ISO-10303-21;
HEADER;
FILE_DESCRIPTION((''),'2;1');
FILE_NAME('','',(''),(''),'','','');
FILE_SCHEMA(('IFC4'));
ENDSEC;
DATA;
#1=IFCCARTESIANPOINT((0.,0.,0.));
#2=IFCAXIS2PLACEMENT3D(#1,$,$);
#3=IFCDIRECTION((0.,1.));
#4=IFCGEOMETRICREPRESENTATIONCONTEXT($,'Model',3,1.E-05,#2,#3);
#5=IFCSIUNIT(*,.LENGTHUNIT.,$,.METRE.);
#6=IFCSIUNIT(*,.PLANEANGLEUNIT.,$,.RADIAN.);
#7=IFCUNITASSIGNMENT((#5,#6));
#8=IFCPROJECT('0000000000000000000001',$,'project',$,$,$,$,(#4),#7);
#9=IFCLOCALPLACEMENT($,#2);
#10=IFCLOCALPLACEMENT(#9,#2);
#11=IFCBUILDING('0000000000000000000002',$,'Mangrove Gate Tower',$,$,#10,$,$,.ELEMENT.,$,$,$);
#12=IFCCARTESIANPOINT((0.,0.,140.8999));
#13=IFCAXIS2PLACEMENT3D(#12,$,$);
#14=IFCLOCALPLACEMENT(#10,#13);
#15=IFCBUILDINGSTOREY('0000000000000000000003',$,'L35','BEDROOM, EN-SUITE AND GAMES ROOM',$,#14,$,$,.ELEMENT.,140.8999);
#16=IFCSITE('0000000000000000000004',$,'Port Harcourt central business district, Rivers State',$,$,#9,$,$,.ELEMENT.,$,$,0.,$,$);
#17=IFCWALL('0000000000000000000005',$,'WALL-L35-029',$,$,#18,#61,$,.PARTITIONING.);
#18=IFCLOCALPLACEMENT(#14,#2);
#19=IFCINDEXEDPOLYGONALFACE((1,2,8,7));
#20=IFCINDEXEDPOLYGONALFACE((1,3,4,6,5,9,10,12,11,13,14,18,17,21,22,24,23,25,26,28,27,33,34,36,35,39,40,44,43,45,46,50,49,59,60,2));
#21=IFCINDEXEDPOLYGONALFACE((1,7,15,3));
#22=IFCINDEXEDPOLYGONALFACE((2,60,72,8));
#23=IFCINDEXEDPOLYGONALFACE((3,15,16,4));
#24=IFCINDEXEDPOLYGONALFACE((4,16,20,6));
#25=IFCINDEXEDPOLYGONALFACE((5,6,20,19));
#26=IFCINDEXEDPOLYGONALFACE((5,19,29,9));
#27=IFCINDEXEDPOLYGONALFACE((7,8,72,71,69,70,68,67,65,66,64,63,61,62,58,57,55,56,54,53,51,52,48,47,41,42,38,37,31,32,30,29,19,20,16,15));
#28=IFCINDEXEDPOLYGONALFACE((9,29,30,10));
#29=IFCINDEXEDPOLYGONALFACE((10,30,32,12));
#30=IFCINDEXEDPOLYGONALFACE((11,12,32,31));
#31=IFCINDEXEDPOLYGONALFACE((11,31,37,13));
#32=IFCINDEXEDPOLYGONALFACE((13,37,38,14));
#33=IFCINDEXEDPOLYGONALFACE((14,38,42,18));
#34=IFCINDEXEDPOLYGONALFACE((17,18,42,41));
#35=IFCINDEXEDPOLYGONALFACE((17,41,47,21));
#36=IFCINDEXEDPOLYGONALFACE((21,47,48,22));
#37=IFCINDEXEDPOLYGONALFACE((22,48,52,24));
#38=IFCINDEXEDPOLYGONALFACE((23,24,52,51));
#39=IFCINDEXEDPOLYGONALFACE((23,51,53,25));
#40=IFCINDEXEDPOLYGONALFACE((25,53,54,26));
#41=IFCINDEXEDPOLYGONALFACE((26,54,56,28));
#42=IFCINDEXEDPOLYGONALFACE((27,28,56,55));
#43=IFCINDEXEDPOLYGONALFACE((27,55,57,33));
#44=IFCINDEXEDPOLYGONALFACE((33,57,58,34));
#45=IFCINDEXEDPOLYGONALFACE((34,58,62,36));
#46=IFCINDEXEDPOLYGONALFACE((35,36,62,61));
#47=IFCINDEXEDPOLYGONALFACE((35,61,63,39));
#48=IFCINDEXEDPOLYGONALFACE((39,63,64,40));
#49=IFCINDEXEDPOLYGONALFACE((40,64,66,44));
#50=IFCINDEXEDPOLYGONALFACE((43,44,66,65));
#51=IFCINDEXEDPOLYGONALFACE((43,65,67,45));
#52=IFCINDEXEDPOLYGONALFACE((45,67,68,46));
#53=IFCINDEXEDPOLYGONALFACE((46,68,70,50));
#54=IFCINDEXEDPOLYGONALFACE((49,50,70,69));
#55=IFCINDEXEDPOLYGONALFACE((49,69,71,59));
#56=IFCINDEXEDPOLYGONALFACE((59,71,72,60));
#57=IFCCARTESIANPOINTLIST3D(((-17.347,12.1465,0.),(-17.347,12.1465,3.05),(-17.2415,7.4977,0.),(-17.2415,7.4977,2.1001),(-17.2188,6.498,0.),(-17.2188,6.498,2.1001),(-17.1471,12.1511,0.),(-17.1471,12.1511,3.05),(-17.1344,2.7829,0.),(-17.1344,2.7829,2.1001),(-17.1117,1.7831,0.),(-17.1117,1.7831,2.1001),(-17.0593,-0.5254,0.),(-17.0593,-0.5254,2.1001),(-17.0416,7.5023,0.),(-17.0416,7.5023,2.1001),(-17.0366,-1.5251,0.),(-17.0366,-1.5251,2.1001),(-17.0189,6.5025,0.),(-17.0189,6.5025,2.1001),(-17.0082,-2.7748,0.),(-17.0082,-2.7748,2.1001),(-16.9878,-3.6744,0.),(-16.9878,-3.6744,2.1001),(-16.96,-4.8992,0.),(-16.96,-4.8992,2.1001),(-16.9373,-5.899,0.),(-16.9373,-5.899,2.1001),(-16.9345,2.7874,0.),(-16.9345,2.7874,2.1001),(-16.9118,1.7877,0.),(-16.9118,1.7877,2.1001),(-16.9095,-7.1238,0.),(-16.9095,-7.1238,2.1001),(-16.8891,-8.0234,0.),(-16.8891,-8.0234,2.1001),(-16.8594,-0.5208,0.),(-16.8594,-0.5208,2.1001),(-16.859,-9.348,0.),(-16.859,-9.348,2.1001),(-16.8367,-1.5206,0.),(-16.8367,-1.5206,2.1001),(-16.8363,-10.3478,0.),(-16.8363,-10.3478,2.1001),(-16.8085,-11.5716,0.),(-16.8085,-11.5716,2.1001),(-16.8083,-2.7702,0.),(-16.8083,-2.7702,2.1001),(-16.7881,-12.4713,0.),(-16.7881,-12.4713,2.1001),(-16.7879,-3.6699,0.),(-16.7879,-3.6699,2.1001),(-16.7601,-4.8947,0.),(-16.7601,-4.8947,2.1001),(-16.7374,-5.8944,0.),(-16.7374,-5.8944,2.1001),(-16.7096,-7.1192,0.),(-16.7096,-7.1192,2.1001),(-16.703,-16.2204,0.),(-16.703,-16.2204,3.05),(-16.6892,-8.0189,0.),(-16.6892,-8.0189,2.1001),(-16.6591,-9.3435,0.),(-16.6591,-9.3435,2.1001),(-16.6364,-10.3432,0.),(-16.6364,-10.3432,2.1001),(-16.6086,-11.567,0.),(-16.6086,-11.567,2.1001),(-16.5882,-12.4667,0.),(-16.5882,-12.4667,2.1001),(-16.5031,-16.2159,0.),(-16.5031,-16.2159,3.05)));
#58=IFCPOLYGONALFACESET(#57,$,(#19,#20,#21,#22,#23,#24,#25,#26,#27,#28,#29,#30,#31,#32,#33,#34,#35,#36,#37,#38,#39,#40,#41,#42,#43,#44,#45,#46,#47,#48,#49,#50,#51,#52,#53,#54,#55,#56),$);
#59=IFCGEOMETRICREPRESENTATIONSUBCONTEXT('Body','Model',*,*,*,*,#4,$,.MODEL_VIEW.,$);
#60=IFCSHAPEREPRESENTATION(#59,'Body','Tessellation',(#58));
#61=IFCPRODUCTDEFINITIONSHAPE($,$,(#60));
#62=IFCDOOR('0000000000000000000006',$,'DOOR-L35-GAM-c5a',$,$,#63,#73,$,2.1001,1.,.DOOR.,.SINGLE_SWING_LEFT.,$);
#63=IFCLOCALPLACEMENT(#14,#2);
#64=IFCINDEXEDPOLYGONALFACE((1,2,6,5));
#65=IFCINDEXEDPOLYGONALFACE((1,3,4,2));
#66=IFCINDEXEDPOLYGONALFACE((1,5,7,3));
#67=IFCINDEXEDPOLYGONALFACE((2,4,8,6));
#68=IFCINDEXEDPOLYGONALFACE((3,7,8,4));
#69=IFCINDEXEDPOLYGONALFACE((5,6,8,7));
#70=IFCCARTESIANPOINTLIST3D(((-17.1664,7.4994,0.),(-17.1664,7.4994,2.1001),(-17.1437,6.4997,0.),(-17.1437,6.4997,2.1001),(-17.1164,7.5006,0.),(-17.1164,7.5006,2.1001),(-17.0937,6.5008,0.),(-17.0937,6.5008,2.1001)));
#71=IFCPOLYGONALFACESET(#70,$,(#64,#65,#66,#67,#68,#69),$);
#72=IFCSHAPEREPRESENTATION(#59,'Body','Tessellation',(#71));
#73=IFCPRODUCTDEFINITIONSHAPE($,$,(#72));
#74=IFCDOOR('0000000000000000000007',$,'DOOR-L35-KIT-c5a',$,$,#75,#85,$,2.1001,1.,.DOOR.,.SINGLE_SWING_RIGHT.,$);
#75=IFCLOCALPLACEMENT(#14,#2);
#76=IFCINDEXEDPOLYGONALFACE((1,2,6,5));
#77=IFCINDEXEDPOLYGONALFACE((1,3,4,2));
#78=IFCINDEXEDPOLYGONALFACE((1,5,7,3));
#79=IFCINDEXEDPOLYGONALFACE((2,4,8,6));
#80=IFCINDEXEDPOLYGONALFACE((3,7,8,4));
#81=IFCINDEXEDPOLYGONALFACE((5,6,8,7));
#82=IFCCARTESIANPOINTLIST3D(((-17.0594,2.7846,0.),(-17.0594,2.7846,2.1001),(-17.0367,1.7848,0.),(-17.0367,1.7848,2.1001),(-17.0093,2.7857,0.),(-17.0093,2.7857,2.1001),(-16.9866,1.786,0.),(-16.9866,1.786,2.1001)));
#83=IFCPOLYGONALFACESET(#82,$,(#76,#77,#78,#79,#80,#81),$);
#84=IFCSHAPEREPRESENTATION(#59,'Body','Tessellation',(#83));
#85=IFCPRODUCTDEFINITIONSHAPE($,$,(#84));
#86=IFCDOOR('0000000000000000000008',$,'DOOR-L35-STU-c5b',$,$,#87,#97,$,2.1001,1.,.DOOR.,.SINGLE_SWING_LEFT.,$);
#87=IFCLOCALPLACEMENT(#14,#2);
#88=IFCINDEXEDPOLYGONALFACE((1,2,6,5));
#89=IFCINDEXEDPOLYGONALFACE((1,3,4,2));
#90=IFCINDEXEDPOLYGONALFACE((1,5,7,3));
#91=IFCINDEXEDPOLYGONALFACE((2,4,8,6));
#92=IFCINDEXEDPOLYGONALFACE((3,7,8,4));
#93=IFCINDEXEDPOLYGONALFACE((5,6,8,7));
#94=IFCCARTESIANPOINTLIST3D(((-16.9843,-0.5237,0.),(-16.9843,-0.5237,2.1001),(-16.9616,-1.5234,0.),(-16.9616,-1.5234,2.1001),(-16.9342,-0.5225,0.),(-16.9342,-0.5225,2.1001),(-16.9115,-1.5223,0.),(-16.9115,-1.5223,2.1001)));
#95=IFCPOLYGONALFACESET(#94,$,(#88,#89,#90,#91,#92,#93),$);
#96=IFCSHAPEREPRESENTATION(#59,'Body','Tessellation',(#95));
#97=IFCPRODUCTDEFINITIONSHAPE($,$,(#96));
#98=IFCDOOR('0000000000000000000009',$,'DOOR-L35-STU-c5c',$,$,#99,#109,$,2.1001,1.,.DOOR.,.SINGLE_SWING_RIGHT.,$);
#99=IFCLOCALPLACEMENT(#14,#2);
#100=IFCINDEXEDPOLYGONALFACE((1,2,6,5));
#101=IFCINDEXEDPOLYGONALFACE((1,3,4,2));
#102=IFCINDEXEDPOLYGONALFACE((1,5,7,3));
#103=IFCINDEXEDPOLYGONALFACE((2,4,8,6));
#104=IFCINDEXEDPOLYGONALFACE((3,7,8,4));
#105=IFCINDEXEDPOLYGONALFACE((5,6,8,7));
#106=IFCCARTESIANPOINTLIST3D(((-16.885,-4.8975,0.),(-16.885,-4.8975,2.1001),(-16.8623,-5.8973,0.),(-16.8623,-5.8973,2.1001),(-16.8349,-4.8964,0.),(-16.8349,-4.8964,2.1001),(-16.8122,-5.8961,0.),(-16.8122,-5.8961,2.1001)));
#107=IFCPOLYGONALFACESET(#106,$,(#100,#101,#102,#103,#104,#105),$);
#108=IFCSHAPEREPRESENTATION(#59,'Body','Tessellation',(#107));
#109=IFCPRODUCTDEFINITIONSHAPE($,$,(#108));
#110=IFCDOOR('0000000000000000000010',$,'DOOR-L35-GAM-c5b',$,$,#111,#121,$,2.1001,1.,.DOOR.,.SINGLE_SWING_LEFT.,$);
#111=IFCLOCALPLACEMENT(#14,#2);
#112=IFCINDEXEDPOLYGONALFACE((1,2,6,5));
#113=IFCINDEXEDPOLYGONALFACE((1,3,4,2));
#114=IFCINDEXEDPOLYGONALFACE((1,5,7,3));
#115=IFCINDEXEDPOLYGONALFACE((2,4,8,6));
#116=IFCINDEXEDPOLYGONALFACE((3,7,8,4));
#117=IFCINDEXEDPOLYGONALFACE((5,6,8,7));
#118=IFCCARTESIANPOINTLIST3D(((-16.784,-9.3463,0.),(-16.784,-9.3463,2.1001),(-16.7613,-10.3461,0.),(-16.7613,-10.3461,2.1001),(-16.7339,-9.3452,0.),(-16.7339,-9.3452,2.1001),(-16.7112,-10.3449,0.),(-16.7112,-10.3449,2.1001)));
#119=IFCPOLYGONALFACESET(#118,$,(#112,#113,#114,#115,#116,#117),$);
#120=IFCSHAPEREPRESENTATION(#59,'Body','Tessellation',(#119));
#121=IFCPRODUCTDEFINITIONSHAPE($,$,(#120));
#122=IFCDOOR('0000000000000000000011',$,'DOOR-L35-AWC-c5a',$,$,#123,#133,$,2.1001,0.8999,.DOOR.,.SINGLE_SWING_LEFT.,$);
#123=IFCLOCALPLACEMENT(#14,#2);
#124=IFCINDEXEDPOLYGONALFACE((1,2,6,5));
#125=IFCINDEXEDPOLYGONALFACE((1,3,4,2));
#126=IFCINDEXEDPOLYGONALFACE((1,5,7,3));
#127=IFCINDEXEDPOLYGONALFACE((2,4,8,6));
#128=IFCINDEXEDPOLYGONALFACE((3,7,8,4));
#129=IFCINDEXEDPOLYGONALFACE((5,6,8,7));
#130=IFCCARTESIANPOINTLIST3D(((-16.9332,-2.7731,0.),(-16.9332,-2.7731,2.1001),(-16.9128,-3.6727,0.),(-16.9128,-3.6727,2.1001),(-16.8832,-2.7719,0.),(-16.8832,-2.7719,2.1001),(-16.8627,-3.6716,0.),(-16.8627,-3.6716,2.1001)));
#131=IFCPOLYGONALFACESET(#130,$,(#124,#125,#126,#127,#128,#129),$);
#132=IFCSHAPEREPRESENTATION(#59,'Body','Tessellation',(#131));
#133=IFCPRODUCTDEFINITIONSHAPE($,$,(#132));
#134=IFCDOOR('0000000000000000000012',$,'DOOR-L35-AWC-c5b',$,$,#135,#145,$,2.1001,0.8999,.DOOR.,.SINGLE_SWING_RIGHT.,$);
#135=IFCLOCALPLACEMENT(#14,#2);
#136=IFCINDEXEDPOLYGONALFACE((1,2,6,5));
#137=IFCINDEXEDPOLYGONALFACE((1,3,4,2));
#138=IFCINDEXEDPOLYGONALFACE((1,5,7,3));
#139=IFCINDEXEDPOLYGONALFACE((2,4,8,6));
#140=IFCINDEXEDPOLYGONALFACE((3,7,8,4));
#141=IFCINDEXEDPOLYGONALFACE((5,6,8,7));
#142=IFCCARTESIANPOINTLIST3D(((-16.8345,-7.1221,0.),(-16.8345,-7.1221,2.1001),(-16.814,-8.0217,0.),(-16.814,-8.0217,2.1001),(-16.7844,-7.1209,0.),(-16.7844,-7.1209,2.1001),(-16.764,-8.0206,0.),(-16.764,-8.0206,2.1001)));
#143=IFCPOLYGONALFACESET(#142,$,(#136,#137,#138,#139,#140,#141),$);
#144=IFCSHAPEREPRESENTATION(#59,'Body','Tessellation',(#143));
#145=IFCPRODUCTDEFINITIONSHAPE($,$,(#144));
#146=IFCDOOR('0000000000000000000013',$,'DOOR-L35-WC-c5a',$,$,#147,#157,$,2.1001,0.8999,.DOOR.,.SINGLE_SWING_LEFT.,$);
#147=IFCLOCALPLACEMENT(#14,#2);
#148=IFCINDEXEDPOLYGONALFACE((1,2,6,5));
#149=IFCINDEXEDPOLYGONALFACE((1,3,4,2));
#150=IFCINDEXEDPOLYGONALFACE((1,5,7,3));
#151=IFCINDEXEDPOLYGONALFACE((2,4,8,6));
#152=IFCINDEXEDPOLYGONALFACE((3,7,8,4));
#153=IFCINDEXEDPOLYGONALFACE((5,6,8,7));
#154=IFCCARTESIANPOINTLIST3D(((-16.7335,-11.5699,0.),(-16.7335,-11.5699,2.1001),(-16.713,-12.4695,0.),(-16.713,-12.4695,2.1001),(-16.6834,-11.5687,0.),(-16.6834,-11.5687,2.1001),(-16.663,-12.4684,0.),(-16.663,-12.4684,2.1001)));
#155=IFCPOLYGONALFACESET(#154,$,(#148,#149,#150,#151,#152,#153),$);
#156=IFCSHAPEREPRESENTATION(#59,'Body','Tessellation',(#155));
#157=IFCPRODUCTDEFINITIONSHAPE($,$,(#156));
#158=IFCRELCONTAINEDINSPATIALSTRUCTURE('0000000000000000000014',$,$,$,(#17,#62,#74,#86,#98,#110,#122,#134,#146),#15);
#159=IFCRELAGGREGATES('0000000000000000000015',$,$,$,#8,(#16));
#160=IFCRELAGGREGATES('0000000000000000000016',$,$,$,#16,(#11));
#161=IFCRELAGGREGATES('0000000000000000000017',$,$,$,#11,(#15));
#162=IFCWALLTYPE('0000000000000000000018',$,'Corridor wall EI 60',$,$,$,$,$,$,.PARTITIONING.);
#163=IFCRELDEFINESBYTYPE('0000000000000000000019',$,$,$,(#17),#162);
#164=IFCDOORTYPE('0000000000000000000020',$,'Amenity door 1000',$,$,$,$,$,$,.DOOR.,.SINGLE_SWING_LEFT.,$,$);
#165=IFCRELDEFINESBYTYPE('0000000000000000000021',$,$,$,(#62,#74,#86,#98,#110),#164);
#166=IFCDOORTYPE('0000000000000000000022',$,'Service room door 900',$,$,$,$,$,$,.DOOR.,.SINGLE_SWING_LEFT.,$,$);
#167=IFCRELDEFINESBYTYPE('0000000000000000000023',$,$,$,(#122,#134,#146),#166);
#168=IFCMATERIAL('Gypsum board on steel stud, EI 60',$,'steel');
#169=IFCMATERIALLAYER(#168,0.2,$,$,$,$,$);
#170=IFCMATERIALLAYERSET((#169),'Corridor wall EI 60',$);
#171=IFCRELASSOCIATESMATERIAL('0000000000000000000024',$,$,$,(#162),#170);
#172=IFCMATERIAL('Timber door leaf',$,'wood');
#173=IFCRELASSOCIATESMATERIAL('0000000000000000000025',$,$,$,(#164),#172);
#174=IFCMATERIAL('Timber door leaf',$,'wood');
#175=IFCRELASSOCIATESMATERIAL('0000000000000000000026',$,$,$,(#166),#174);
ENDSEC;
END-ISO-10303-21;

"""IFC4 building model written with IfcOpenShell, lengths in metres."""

from ifc_helpers import new_model, si_unit, direction, frame, frame_2d, origin, place, context, subcontext, project, spatial, rectangle, extrude, material, layer, layer_set, type_object, element, fill, save


model = new_model("IFC4")

# Units and contexts
model_context = context("Model", 3, precision=1e-05, world=origin(), true_north=direction((0.0, 1.0)))
body_context = subcontext(model_context, "Body", "Model", "MODEL_VIEW")
ifc_project = project(units=[si_unit("LENGTHUNIT", "METRE"), si_unit("PLANEANGLEUNIT", "RADIAN")], contexts=[model_context])

# Site, building, storey
site_placement = place(None, origin())
site = spatial("IfcSite", under=ifc_project, at=site_placement, Name="Port Harcourt central business district, Rivers State", CompositionType="ELEMENT", RefElevation=0.0)
building_placement = place(site_placement, origin())
building = spatial("IfcBuilding", under=site, at=building_placement, Name="Mangrove Gate Tower", CompositionType="ELEMENT")
storey_placement = place(building_placement, frame((0.0, 0.0, 140.8999)))
storey = spatial("IfcBuildingStorey", under=building, at=storey_placement, Name="L35", Description="BEDROOM, EN-SUITE AND GAMES ROOM", CompositionType="ELEMENT", Elevation=140.8999)

# Wall, openings, doors
ifc_material_1 = material(Name="Gypsum board on steel stud, EI 60", Category="steel")
ifc_layer_1 = layer(ifc_material_1, 0.2)
ifc_layer_set_1 = layer_set([ifc_layer_1], Name="Corridor wall EI 60")
wall_type_1 = type_object("IfcWallType", Name="Corridor wall EI 60", PredefinedType="PARTITIONING", material=ifc_layer_set_1)
wall_1_placement = place(storey_placement, frame((-16.603, -16.218, 0.0), z_axis=(0.0, 0.0, 1.0), x_axis=(-0.022698, 0.999742, 0.0)))
wall_1 = element("IfcWall", 1, at=wall_1_placement, inside=storey, type_object=wall_type_1, Name="WALL-L35-029", PredefinedType="PARTITIONING", context=body_context, shape_type="SweptSolid", body=[
    extrude(rectangle(XDim=28.3743, YDim=0.2, at=frame_2d((14.187, 0.0))), origin(), (0.0, 0.0, 1.0), 3.05),
])
opening_1_placement = place(wall_1_placement, frame((22.7241, 0.0, 0.0)))
opening_1 = element("IfcOpeningElement", 2, at=opening_1_placement, cuts=wall_1, PredefinedType="OPENING", context=body_context, shape_type="SweptSolid", body=[
    extrude(rectangle(XDim=1.0, YDim=2.1001, at=frame_2d((0.5, 1.05))), frame((0.0, 0.1099, 0.0), z_axis=(0.0, -1.0, 0.0), x_axis=(1.0, 0.0, 0.0)), (0.0, 0.0, 1.0), 0.22),
])
opening_2_placement = place(wall_1_placement, frame((18.0081, 0.0, 0.0)))
opening_2 = element("IfcOpeningElement", 3, at=opening_2_placement, cuts=wall_1, PredefinedType="OPENING", context=body_context, shape_type="SweptSolid", body=[
    extrude(rectangle(XDim=1.0, YDim=2.1001, at=frame_2d((0.5, 1.05))), frame((0.0, 0.1099, 0.0), z_axis=(0.0, -1.0, 0.0), x_axis=(1.0, 0.0, 0.0)), (0.0, 0.0, 1.0), 0.22),
])
opening_3_placement = place(wall_1_placement, frame((14.699, 0.0, 0.0)))
opening_3 = element("IfcOpeningElement", 4, at=opening_3_placement, cuts=wall_1, PredefinedType="OPENING", context=body_context, shape_type="SweptSolid", body=[
    extrude(rectangle(XDim=1.0, YDim=2.1001, at=frame_2d((0.5, 1.05))), frame((0.0, 0.1099, 0.0), z_axis=(0.0, -1.0, 0.0), x_axis=(1.0, 0.0, 0.0)), (0.0, 0.0, 1.0), 0.22),
])
opening_4_placement = place(wall_1_placement, frame((12.5491, 0.0, 0.0)))
opening_4 = element("IfcOpeningElement", 5, at=opening_4_placement, cuts=wall_1, PredefinedType="OPENING", context=body_context, shape_type="SweptSolid", body=[
    extrude(rectangle(XDim=0.8999, YDim=2.1001, at=frame_2d((0.45, 1.05))), frame((0.0, 0.1099, 0.0), z_axis=(0.0, -1.0, 0.0), x_axis=(1.0, 0.0, 0.0)), (0.0, 0.0, 1.0), 0.22),
])
opening_5_placement = place(wall_1_placement, frame((10.324, 0.0, 0.0)))
opening_5 = element("IfcOpeningElement", 6, at=opening_5_placement, cuts=wall_1, PredefinedType="OPENING", context=body_context, shape_type="SweptSolid", body=[
    extrude(rectangle(XDim=1.0, YDim=2.1001, at=frame_2d((0.5, 1.05))), frame((0.0, 0.1099, 0.0), z_axis=(0.0, -1.0, 0.0), x_axis=(1.0, 0.0, 0.0)), (0.0, 0.0, 1.0), 0.22),
])
opening_6_placement = place(wall_1_placement, frame((8.199, 0.0, 0.0)))
opening_6 = element("IfcOpeningElement", 7, at=opening_6_placement, cuts=wall_1, PredefinedType="OPENING", context=body_context, shape_type="SweptSolid", body=[
    extrude(rectangle(XDim=0.8999, YDim=2.1001, at=frame_2d((0.45, 1.05))), frame((0.0, 0.1099, 0.0), z_axis=(0.0, -1.0, 0.0), x_axis=(1.0, 0.0, 0.0)), (0.0, 0.0, 1.0), 0.22),
])
opening_7_placement = place(wall_1_placement, frame((5.874, 0.0, 0.0)))
opening_7 = element("IfcOpeningElement", 8, at=opening_7_placement, cuts=wall_1, PredefinedType="OPENING", context=body_context, shape_type="SweptSolid", body=[
    extrude(rectangle(XDim=1.0, YDim=2.1001, at=frame_2d((0.5, 1.05))), frame((0.0, 0.1099, 0.0), z_axis=(0.0, -1.0, 0.0), x_axis=(1.0, 0.0, 0.0)), (0.0, 0.0, 1.0), 0.22),
])
opening_8_placement = place(wall_1_placement, frame((3.75, 0.0, 0.0)))
opening_8 = element("IfcOpeningElement", 9, at=opening_8_placement, cuts=wall_1, PredefinedType="OPENING", context=body_context, shape_type="SweptSolid", body=[
    extrude(rectangle(XDim=0.8999, YDim=2.1001, at=frame_2d((0.45, 1.05))), frame((0.0, 0.1099, 0.0), z_axis=(0.0, -1.0, 0.0), x_axis=(1.0, 0.0, 0.0)), (0.0, 0.0, 1.0), 0.22),
])
ifc_material_2 = material(Name="Timber door leaf", Category="wood")
door_type_1 = type_object("IfcDoorType", Name="Amenity door 1000", OperationType="SINGLE_SWING_LEFT", PredefinedType="DOOR", material=ifc_material_2)
door_1_placement = place(opening_1_placement, origin())
door_1 = element("IfcDoor", 10, at=door_1_placement, inside=storey, type_object=door_type_1, Name="DOOR-L35-GAM-c5a", OperationType="SINGLE_SWING_LEFT", OverallHeight=2.1001, OverallWidth=1.0, PredefinedType="DOOR", context=body_context, shape_type="SweptSolid", body=[
    extrude(rectangle(XDim=1.0, YDim=2.1001, at=frame_2d((0.5, 1.05))), frame((0.0, 0.0249, 0.0), z_axis=(0.0, -1.0, 0.0), x_axis=(1.0, 0.0, 0.0)), (0.0, 0.0, 1.0), 0.05),
])
fill(opening_1, door_1)
door_2_placement = place(opening_2_placement, origin())
door_2 = element("IfcDoor", 11, at=door_2_placement, inside=storey, type_object=door_type_1, Name="DOOR-L35-KIT-c5a", OperationType="SINGLE_SWING_RIGHT", OverallHeight=2.1001, OverallWidth=1.0, PredefinedType="DOOR", context=body_context, shape_type="SweptSolid", body=[
    extrude(rectangle(XDim=1.0, YDim=2.1001, at=frame_2d((0.5, 1.05))), frame((0.0, 0.0249, 0.0), z_axis=(0.0, -1.0, 0.0), x_axis=(1.0, 0.0, 0.0)), (0.0, 0.0, 1.0), 0.05),
])
fill(opening_2, door_2)
door_3_placement = place(opening_3_placement, origin())
door_3 = element("IfcDoor", 12, at=door_3_placement, inside=storey, type_object=door_type_1, Name="DOOR-L35-STU-c5b", OperationType="SINGLE_SWING_LEFT", OverallHeight=2.1001, OverallWidth=1.0, PredefinedType="DOOR", context=body_context, shape_type="SweptSolid", body=[
    extrude(rectangle(XDim=1.0, YDim=2.1001, at=frame_2d((0.5, 1.05))), frame((0.0, 0.0249, 0.0), z_axis=(0.0, -1.0, 0.0), x_axis=(1.0, 0.0, 0.0)), (0.0, 0.0, 1.0), 0.05),
])
fill(opening_3, door_3)
door_4_placement = place(opening_5_placement, origin())
door_4 = element("IfcDoor", 13, at=door_4_placement, inside=storey, type_object=door_type_1, Name="DOOR-L35-STU-c5c", OperationType="SINGLE_SWING_RIGHT", OverallHeight=2.1001, OverallWidth=1.0, PredefinedType="DOOR", context=body_context, shape_type="SweptSolid", body=[
    extrude(rectangle(XDim=1.0, YDim=2.1001, at=frame_2d((0.5, 1.05))), frame((0.0, 0.0249, 0.0), z_axis=(0.0, -1.0, 0.0), x_axis=(1.0, 0.0, 0.0)), (0.0, 0.0, 1.0), 0.05),
])
fill(opening_5, door_4)
door_5_placement = place(opening_7_placement, origin())
door_5 = element("IfcDoor", 14, at=door_5_placement, inside=storey, type_object=door_type_1, Name="DOOR-L35-GAM-c5b", OperationType="SINGLE_SWING_LEFT", OverallHeight=2.1001, OverallWidth=1.0, PredefinedType="DOOR", context=body_context, shape_type="SweptSolid", body=[
    extrude(rectangle(XDim=1.0, YDim=2.1001, at=frame_2d((0.5, 1.05))), frame((0.0, 0.0249, 0.0), z_axis=(0.0, -1.0, 0.0), x_axis=(1.0, 0.0, 0.0)), (0.0, 0.0, 1.0), 0.05),
])
fill(opening_7, door_5)
ifc_material_3 = material(Name="Timber door leaf", Category="wood")
door_type_2 = type_object("IfcDoorType", Name="Service room door 900", OperationType="SINGLE_SWING_LEFT", PredefinedType="DOOR", material=ifc_material_3)
door_6_placement = place(opening_4_placement, origin())
door_6 = element("IfcDoor", 15, at=door_6_placement, inside=storey, type_object=door_type_2, Name="DOOR-L35-AWC-c5a", OperationType="SINGLE_SWING_LEFT", OverallHeight=2.1001, OverallWidth=0.8999, PredefinedType="DOOR", context=body_context, shape_type="SweptSolid", body=[
    extrude(rectangle(XDim=0.8999, YDim=2.1001, at=frame_2d((0.45, 1.05))), frame((0.0, 0.0249, 0.0), z_axis=(0.0, -1.0, 0.0), x_axis=(1.0, 0.0, 0.0)), (0.0, 0.0, 1.0), 0.05),
])
fill(opening_4, door_6)
door_7_placement = place(opening_6_placement, origin())
door_7 = element("IfcDoor", 16, at=door_7_placement, inside=storey, type_object=door_type_2, Name="DOOR-L35-AWC-c5b", OperationType="SINGLE_SWING_RIGHT", OverallHeight=2.1001, OverallWidth=0.8999, PredefinedType="DOOR", context=body_context, shape_type="SweptSolid", body=[
    extrude(rectangle(XDim=0.8999, YDim=2.1001, at=frame_2d((0.45, 1.05))), frame((0.0, 0.0249, 0.0), z_axis=(0.0, -1.0, 0.0), x_axis=(1.0, 0.0, 0.0)), (0.0, 0.0, 1.0), 0.05),
])
fill(opening_6, door_7)
door_8_placement = place(opening_8_placement, origin())
door_8 = element("IfcDoor", 17, at=door_8_placement, inside=storey, type_object=door_type_2, Name="DOOR-L35-WC-c5a", OperationType="SINGLE_SWING_LEFT", OverallHeight=2.1001, OverallWidth=0.8999, PredefinedType="DOOR", context=body_context, shape_type="SweptSolid", body=[
    extrude(rectangle(XDim=0.8999, YDim=2.1001, at=frame_2d((0.45, 1.05))), frame((0.0, 0.0249, 0.0), z_axis=(0.0, -1.0, 0.0), x_axis=(1.0, 0.0, 0.0)), (0.0, 0.0, 1.0), 0.05),
])
fill(opening_8, door_8)

save(model, "model.ifc")
